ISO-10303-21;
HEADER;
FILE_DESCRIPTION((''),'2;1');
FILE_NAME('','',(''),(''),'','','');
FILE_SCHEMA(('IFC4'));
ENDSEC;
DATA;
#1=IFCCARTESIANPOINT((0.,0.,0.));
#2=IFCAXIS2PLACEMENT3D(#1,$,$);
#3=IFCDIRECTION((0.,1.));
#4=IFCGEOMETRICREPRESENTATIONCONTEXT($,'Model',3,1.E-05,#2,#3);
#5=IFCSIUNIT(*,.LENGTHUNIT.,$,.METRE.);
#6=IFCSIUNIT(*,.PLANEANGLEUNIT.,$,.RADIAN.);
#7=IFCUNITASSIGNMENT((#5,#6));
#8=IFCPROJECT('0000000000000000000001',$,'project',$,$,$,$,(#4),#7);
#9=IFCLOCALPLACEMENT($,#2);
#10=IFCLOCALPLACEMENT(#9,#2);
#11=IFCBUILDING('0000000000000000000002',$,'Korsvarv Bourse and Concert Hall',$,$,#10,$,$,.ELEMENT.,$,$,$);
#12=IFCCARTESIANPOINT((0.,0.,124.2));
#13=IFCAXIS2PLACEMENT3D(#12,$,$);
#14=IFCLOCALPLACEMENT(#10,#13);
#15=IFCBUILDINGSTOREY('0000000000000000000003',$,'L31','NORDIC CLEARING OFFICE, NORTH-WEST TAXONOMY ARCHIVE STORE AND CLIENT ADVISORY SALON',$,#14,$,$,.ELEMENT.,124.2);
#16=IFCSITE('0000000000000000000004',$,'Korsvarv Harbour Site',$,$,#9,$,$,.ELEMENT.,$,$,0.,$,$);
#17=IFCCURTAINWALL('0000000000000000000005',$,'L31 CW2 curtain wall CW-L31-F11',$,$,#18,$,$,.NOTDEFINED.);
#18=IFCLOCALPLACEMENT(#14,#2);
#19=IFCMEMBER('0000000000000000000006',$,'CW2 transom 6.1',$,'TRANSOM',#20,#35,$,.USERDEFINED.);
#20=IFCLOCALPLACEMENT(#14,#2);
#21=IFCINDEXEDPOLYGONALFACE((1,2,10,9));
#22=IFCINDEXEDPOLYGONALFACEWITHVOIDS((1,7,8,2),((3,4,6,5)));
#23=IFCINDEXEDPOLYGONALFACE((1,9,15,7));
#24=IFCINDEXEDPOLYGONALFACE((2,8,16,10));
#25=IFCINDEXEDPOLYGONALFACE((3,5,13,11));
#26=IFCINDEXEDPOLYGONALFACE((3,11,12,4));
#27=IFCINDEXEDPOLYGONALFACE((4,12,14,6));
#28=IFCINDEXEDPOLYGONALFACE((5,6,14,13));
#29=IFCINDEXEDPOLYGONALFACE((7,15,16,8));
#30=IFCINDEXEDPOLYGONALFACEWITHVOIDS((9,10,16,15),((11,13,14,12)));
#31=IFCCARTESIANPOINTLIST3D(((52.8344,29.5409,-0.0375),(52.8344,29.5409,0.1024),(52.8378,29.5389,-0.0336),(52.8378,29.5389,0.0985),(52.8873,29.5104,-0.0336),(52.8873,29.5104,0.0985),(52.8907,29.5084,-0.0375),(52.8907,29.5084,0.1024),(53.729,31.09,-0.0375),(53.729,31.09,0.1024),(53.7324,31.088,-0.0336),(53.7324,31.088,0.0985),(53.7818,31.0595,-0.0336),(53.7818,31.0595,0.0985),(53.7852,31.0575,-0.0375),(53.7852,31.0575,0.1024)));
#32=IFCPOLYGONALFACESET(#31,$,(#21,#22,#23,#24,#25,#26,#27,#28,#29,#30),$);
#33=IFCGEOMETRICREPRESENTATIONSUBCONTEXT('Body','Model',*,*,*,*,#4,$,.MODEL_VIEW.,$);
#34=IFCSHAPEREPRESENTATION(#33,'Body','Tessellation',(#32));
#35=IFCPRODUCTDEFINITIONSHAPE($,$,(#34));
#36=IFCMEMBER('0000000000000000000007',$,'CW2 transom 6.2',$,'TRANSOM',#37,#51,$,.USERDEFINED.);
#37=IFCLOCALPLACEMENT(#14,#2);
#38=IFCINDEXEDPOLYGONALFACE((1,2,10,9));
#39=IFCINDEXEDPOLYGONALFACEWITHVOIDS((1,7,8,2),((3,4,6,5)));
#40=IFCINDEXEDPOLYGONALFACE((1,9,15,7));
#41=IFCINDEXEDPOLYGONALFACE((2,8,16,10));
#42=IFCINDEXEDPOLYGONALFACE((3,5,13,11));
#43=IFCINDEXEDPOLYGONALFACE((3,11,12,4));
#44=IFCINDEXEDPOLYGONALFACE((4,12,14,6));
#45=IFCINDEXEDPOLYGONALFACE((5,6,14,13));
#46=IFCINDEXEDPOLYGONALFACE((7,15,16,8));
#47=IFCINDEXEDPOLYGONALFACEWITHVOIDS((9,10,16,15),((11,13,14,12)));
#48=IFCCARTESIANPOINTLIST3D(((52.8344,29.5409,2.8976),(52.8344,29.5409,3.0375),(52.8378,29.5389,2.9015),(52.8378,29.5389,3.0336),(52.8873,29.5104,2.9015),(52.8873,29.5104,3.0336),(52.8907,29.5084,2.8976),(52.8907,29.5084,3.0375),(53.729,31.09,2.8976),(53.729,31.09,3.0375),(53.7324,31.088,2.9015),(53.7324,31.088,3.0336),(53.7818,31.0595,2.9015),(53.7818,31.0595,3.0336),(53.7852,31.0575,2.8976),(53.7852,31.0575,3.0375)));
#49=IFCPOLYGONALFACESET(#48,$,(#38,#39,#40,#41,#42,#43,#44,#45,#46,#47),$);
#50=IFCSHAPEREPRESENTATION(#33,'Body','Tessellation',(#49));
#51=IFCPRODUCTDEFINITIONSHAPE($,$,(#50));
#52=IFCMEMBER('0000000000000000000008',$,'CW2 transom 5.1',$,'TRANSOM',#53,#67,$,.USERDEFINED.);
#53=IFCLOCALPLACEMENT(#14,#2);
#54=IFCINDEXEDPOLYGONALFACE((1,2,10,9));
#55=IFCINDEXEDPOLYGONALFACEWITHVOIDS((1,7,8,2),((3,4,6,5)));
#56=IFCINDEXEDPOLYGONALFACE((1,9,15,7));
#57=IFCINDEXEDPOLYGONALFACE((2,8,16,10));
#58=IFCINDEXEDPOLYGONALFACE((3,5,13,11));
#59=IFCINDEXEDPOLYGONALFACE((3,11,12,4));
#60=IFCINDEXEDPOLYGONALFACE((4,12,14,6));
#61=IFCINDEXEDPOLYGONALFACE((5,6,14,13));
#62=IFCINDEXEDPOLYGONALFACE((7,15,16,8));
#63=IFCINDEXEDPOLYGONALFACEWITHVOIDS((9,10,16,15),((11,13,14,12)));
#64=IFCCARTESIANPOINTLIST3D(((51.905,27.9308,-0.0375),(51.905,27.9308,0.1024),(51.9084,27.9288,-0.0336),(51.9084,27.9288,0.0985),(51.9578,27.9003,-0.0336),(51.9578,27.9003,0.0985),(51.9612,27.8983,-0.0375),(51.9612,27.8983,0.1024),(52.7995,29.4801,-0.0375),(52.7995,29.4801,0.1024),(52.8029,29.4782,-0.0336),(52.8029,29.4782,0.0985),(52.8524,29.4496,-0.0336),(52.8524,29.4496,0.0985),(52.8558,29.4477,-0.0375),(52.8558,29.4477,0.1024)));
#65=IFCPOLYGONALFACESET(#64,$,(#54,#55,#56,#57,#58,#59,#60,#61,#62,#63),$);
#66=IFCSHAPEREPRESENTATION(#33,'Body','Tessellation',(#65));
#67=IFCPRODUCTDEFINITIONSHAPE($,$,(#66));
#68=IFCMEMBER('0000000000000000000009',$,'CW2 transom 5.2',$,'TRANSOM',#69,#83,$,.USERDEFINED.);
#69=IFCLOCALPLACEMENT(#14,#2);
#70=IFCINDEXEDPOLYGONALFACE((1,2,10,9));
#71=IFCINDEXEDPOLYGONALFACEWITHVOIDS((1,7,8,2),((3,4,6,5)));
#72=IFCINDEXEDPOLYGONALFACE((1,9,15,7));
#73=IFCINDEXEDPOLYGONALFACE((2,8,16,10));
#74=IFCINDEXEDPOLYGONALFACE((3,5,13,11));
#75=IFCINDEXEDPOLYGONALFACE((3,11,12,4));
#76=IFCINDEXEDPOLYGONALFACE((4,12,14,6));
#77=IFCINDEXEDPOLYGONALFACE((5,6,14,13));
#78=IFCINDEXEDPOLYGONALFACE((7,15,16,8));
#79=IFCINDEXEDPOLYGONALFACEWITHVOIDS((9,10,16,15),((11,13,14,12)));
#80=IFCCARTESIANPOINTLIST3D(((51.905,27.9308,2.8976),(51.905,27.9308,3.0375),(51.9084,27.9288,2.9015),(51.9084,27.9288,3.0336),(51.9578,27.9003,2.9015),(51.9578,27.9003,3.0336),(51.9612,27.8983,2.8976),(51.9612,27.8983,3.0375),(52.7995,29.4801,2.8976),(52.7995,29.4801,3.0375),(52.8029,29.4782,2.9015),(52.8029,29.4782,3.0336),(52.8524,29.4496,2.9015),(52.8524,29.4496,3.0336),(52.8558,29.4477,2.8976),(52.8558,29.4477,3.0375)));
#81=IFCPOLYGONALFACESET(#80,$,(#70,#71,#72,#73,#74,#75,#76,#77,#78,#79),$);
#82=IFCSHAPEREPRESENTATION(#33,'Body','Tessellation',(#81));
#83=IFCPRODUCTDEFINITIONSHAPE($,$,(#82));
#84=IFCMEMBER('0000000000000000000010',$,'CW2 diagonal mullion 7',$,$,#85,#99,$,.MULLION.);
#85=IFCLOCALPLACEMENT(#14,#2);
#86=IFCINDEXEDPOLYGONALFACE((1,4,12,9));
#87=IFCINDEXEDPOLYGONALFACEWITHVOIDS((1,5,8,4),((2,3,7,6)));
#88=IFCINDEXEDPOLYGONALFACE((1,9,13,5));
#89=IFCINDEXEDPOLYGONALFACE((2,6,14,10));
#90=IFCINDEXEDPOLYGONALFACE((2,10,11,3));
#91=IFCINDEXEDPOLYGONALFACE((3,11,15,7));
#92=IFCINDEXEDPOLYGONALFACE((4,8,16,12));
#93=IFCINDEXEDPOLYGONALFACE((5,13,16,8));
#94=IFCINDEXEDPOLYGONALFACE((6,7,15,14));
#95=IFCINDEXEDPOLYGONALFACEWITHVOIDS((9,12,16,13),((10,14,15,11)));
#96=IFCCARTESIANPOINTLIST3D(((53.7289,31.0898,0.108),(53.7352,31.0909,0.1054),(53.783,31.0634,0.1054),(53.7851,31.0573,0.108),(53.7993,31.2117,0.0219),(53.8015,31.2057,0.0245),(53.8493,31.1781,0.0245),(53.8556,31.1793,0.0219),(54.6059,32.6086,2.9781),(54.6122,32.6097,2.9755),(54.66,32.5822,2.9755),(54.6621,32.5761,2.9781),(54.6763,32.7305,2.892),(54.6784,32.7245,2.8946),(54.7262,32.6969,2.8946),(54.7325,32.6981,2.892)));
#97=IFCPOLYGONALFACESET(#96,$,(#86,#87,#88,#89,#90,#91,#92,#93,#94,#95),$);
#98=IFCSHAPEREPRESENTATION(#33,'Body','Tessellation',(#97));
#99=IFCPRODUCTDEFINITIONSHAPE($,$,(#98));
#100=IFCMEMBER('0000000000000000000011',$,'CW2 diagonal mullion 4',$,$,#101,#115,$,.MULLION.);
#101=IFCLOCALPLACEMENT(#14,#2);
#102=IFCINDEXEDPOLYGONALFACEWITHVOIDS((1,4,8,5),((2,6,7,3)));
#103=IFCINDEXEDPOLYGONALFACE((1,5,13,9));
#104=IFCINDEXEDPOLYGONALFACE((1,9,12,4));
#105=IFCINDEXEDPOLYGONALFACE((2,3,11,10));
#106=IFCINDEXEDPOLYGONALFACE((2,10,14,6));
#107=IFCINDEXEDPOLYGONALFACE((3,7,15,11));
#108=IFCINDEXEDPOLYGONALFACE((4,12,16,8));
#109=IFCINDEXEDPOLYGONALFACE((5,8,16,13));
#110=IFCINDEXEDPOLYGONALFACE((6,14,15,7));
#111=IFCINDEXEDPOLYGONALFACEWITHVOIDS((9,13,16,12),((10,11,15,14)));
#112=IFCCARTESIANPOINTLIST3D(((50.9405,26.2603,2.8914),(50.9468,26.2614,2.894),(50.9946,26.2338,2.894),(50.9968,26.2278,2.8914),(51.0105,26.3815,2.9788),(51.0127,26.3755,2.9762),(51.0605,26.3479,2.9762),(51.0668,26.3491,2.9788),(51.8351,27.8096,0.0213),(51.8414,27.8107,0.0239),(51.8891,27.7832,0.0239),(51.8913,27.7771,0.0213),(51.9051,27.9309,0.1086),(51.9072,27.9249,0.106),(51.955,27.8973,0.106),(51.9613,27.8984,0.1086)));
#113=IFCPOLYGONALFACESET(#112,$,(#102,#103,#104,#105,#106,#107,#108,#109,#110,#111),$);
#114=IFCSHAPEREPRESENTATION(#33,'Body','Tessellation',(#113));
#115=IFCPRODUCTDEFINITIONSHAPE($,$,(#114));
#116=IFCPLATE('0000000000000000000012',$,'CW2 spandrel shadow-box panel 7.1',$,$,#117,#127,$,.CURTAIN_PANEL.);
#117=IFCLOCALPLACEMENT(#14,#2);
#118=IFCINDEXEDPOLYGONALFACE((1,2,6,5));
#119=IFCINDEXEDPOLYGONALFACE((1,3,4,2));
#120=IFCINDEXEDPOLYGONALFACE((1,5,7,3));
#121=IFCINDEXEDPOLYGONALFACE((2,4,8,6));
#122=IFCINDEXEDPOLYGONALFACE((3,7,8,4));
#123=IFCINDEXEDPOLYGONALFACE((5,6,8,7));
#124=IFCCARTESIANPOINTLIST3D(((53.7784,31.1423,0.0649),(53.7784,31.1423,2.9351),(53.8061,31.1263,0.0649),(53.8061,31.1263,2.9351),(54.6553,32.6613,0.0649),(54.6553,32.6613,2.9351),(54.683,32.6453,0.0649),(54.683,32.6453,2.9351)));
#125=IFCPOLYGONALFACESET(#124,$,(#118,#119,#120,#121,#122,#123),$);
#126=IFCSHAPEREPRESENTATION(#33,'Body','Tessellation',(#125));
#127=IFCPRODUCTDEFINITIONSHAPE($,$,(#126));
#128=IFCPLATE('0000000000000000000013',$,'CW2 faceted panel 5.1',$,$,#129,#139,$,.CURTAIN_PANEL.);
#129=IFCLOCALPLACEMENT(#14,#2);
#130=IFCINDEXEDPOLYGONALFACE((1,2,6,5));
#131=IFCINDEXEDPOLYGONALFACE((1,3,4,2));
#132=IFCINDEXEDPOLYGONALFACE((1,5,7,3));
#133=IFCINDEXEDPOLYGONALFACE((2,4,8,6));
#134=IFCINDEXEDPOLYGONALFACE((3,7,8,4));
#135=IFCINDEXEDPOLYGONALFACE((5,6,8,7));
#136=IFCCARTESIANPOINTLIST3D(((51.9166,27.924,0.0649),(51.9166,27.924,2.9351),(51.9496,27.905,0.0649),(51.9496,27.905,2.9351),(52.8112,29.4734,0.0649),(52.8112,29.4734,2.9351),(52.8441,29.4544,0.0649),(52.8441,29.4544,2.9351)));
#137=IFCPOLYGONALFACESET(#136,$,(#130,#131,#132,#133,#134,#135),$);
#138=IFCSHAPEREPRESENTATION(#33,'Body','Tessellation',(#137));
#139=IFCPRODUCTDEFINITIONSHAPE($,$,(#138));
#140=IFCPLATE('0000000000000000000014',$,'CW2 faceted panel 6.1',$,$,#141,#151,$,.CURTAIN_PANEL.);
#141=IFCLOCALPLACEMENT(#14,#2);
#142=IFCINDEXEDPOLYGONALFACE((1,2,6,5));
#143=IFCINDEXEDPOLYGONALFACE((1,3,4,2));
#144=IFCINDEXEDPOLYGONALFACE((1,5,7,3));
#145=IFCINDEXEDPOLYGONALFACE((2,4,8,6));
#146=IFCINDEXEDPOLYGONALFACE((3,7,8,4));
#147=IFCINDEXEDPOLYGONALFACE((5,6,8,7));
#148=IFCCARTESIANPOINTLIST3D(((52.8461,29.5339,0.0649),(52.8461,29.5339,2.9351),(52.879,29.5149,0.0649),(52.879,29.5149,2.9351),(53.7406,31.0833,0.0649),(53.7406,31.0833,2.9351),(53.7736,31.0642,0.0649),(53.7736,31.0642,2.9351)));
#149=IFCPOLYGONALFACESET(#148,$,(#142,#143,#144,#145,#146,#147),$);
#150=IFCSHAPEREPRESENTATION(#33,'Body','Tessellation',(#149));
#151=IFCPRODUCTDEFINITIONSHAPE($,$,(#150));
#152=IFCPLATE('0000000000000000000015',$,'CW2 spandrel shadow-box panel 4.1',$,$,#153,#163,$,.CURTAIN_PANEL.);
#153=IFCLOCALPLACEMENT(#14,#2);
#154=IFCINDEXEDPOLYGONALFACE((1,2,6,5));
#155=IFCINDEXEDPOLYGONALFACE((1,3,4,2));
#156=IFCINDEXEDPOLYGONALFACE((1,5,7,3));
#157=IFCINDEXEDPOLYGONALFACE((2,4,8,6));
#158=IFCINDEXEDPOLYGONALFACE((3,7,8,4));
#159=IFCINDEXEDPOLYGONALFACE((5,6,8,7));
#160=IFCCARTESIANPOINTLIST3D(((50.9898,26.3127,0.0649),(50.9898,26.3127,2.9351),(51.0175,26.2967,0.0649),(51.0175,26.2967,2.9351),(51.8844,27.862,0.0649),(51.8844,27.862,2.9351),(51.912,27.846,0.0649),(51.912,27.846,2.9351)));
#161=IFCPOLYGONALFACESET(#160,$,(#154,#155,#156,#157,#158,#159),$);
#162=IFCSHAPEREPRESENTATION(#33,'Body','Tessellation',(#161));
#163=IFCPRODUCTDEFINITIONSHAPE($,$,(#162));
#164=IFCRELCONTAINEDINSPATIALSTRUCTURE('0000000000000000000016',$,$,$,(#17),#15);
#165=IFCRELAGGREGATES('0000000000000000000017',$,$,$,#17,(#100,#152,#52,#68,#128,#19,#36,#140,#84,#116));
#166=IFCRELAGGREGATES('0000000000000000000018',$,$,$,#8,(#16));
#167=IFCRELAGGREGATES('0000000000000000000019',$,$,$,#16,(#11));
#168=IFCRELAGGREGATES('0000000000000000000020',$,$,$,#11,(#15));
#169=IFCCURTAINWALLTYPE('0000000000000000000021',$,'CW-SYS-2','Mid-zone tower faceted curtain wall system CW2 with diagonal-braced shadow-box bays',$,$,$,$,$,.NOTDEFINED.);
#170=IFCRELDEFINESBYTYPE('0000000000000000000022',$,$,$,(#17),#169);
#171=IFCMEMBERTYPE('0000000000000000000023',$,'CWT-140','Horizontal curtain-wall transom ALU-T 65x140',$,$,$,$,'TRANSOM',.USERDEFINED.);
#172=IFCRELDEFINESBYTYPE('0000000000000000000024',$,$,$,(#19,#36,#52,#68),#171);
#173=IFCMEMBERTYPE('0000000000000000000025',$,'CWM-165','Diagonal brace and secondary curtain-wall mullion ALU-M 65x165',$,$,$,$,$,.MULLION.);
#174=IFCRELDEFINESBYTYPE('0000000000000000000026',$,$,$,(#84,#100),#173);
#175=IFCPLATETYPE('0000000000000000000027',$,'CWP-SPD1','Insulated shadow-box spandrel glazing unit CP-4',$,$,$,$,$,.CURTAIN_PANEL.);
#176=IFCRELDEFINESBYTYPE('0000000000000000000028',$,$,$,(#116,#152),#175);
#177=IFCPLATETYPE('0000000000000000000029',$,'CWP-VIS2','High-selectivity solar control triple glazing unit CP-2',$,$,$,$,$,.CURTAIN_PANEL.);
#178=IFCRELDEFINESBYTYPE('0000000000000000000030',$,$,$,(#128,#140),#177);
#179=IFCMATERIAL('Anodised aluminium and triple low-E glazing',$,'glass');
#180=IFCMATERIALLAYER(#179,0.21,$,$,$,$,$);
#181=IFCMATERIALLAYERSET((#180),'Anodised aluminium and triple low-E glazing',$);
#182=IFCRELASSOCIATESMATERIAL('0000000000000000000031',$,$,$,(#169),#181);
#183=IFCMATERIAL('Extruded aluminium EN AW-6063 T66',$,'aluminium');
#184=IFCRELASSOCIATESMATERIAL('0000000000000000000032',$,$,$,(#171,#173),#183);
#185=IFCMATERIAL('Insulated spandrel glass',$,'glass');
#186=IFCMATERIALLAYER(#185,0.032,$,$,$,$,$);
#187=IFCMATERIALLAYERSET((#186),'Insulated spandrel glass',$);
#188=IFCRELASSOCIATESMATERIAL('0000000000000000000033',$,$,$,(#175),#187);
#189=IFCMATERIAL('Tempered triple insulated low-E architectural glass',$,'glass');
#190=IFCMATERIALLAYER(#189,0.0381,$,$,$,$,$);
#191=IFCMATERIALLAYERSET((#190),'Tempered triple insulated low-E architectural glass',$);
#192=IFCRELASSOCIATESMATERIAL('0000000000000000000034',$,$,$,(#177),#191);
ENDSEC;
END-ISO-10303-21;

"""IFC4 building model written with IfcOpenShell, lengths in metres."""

from ifc_helpers import new_model, si_unit, direction, frame, origin, origin_2d, place, context, subcontext, project, spatial, rectangle, hollow_rectangle, extrude, source, transform, mapped, material, layer, layer_set, material_profile, profile_set, type_object, element, aggregate, save


model = new_model("IFC4")

# Units and contexts
model_context = context("Model", 3, precision=1e-05, world=origin(), true_north=direction((0.0, 1.0)))
body_context = subcontext(model_context, "Body", "Model", "MODEL_VIEW")
ifc_project = project(units=[si_unit("LENGTHUNIT", "METRE"), si_unit("PLANEANGLEUNIT", "RADIAN")], contexts=[model_context])

# Site, building, storey
site_placement = place(None, origin())
site = spatial("IfcSite", under=ifc_project, at=site_placement, Name="Korsvarv Harbour Site", CompositionType="ELEMENT", RefElevation=0.0)
building_placement = place(site_placement, origin())
building = spatial("IfcBuilding", under=site, at=building_placement, Name="Korsvarv Bourse and Concert Hall", CompositionType="ELEMENT")
storey_placement = place(building_placement, frame((0.0, 0.0, 124.2)))
storey = spatial("IfcBuildingStorey", under=building, at=storey_placement, Name="L31", Description="NORDIC CLEARING OFFICE, NORTH-WEST TAXONOMY ARCHIVE STORE AND CLIENT ADVISORY SALON", CompositionType="ELEMENT", Elevation=124.2)

# Curtain wall, members, plates
ifc_material_1 = material(Name="Anodised aluminium and triple low-E glazing", Category="glass")
ifc_layer_1 = layer(ifc_material_1, 0.21)
ifc_layer_set_1 = layer_set([ifc_layer_1], Name="Anodised aluminium and triple low-E glazing")
curtain_wall_type = type_object("IfcCurtainWallType", Name="CW-SYS-2", Description="Mid-zone tower faceted curtain wall system CW2 with diagonal-braced shadow-box bays", PredefinedType="NOTDEFINED", material=ifc_layer_set_1)
curtain_wall_placement = place(storey_placement, origin())
curtain_wall = element("IfcCurtainWall", 1, at=curtain_wall_placement, inside=storey, type_object=curtain_wall_type, Name="L31 CW2 curtain wall CW-L31-F11", PredefinedType="NOTDEFINED")
ifc_material_2 = material(Name="Extruded aluminium EN AW-6063 T66", Category="aluminium")
ifc_material_profile_1 = material_profile(ifc_material_2, hollow_rectangle(XDim=0.0649, YDim=0.1399, WallThickness=0.0039, at=origin_2d()), Name="ALU-T 65x140")
ifc_profile_set_1 = profile_set([ifc_material_profile_1], Name="Extruded aluminium EN AW-6063 T66")
member_type_1 = type_object("IfcMemberType", Name="CWT-140", Description="Horizontal curtain-wall transom ALU-T 65x140", ElementType="TRANSOM", PredefinedType="USERDEFINED", material=ifc_profile_set_1)
shared_shape_1 = source(origin(), body_context, "Body", "SweptSolid", [
    extrude(hollow_rectangle(XDim=0.0649, YDim=0.1399, WallThickness=0.0039, at=origin_2d()), origin(), (0.0, 0.0, 1.0), 1.7888),
])
member_1_placement = place(storey_placement, frame((52.8625, 29.5247, 0.0325), z_axis=(0.500073, 0.865983, 0.0), x_axis=(-0.865983, 0.500073, 0.0)))
member_1 = element("IfcMember", 2, at=member_1_placement, type_object=member_type_1, Name="CW2 transom 6.1", ObjectType="TRANSOM", PredefinedType="USERDEFINED", context=body_context, shape_type="MappedRepresentation", body=[
    mapped(shared_shape_1, transform((0.0, 0.0, 0.0), scale=1.0)),
])
member_2_placement = place(storey_placement, frame((52.8625, 29.5247, 2.9675), z_axis=(0.500073, 0.865983, 0.0), x_axis=(-0.865983, 0.500073, 0.0)))
member_2 = element("IfcMember", 3, at=member_2_placement, type_object=member_type_1, Name="CW2 transom 6.2", ObjectType="TRANSOM", PredefinedType="USERDEFINED", context=body_context, shape_type="MappedRepresentation", body=[
    mapped(shared_shape_1, transform((0.0, 0.0, 0.0), scale=1.0)),
])
shared_shape_2 = source(origin(), body_context, "Body", "SweptSolid", [
    extrude(hollow_rectangle(XDim=0.0649, YDim=0.1399, WallThickness=0.0039, at=origin_2d()), origin(), (0.0, 0.0, 1.0), 1.7891),
])
member_3_placement = place(storey_placement, frame((51.9331, 27.9146, 0.0325), z_axis=(0.500014, 0.866017, 0.0), x_axis=(-0.866017, 0.500014, 0.0)))
member_3 = element("IfcMember", 4, at=member_3_placement, type_object=member_type_1, Name="CW2 transom 5.1", ObjectType="TRANSOM", PredefinedType="USERDEFINED", context=body_context, shape_type="MappedRepresentation", body=[
    mapped(shared_shape_2, transform((0.0, 0.0, 0.0), scale=1.0)),
])
member_4_placement = place(storey_placement, frame((51.9331, 27.9146, 2.9675), z_axis=(0.500014, 0.866017, 0.0), x_axis=(-0.866017, 0.500014, 0.0)))
member_4 = element("IfcMember", 5, at=member_4_placement, type_object=member_type_1, Name="CW2 transom 5.2", ObjectType="TRANSOM", PredefinedType="USERDEFINED", context=body_context, shape_type="MappedRepresentation", body=[
    mapped(shared_shape_2, transform((0.0, 0.0, 0.0), scale=1.0)),
])
ifc_material_profile_2 = material_profile(ifc_material_2, hollow_rectangle(XDim=0.0649, YDim=0.165, WallThickness=0.0049, at=origin_2d()), Name="ALU-M 65x165")
ifc_profile_set_2 = profile_set([ifc_material_profile_2], Name="Extruded aluminium EN AW-6063 T66")
member_type_2 = type_object("IfcMemberType", Name="CWM-165", Description="Diagonal brace and secondary curtain-wall mullion ALU-M 65x165", PredefinedType="MULLION", material=ifc_profile_set_2)
shared_shape_3 = source(origin(), body_context, "Body", "SweptSolid", [
    extrude(hollow_rectangle(XDim=0.0649, YDim=0.165, WallThickness=0.0049, at=origin_2d()), origin(), (0.0, 0.0, 1.0), 3.3635),
])
member_5_placement = place(storey_placement, frame((53.7922, 31.1345, 0.0649), z_axis=(0.260724, 0.451548, 0.853304), x_axis=(-0.866007, 0.500032, 0.0)))
member_5 = element("IfcMember", 6, at=member_5_placement, type_object=member_type_2, Name="CW2 diagonal mullion 7", PredefinedType="MULLION", context=body_context, shape_type="MappedRepresentation", body=[
    mapped(shared_shape_3, transform((0.0, 0.0, 0.0), scale=1.0)),
])
shared_shape_4 = source(origin(), body_context, "Body", "SweptSolid", [
    extrude(hollow_rectangle(XDim=0.0649, YDim=0.165, WallThickness=0.0049, at=origin_2d()), origin(), (0.0, 0.0, 1.0), 3.3821),
])
member_6_placement = place(storey_placement, frame((51.8982, 27.854, 0.0649), z_axis=(-0.264495, -0.458102, 0.848637), x_axis=(0.866017, -0.500014, 0.0)))
member_6 = element("IfcMember", 7, at=member_6_placement, type_object=member_type_2, Name="CW2 diagonal mullion 4", PredefinedType="MULLION", context=body_context, shape_type="MappedRepresentation", body=[
    mapped(shared_shape_4, transform((0.0, 0.0, 0.0), scale=1.0)),
])
ifc_material_3 = material(Name="Insulated spandrel glass", Category="glass")
ifc_layer_2 = layer(ifc_material_3, 0.032)
ifc_layer_set_2 = layer_set([ifc_layer_2], Name="Insulated spandrel glass")
plate_type_1 = type_object("IfcPlateType", Name="CWP-SPD1", Description="Insulated shadow-box spandrel glazing unit CP-4", PredefinedType="CURTAIN_PANEL", material=ifc_layer_set_2)
shared_shape_5 = source(origin(), body_context, "Body", "SweptSolid", [
    extrude(rectangle(XDim=1.7539, YDim=0.032, at=origin_2d()), origin(), (0.0, 0.0, 1.0), 2.8701),
])
plate_1_placement = place(storey_placement, frame((54.2307, 31.8938, 0.0649), z_axis=(0.0, 0.0, 1.0), x_axis=(0.500007, 0.866021, 0.0)))
plate_1 = element("IfcPlate", 8, at=plate_1_placement, type_object=plate_type_1, Name="CW2 spandrel shadow-box panel 7.1", PredefinedType="CURTAIN_PANEL", context=body_context, shape_type="MappedRepresentation", body=[
    mapped(shared_shape_5, transform((0.0, 0.0, 0.0), scale=1.0)),
])
ifc_material_4 = material(Name="Tempered triple insulated low-E architectural glass", Category="glass")
ifc_layer_3 = layer(ifc_material_4, 0.0381)
ifc_layer_set_3 = layer_set([ifc_layer_3], Name="Tempered triple insulated low-E architectural glass")
plate_type_2 = type_object("IfcPlateType", Name="CWP-VIS2", Description="High-selectivity solar control triple glazing unit CP-2", PredefinedType="CURTAIN_PANEL", material=ifc_layer_set_3)
shared_shape_6 = source(origin(), body_context, "Body", "SweptSolid", [
    extrude(rectangle(XDim=1.7891, YDim=0.0381, at=origin_2d()), origin(), (0.0, 0.0, 1.0), 2.8701),
])
plate_2_placement = place(storey_placement, frame((52.3804, 28.6892, 0.0649), z_axis=(0.0, 0.0, 1.0), x_axis=(0.500007, 0.866021, 0.0)))
plate_2 = element("IfcPlate", 9, at=plate_2_placement, type_object=plate_type_2, Name="CW2 faceted panel 5.1", PredefinedType="CURTAIN_PANEL", context=body_context, shape_type="MappedRepresentation", body=[
    mapped(shared_shape_6, transform((0.0, 0.0, 0.0), scale=1.0)),
])
plate_3_placement = place(storey_placement, frame((53.3098, 30.2991, 0.0649), z_axis=(0.0, 0.0, 1.0), x_axis=(0.500007, 0.866021, 0.0)))
plate_3 = element("IfcPlate", 10, at=plate_3_placement, type_object=plate_type_2, Name="CW2 faceted panel 6.1", PredefinedType="CURTAIN_PANEL", context=body_context, shape_type="MappedRepresentation", body=[
    mapped(shared_shape_6, transform((0.0, 0.0, 0.0), scale=1.0)),
])
shared_shape_7 = source(origin(), body_context, "Body", "SweptSolid", [
    extrude(rectangle(XDim=1.7891, YDim=0.032, at=origin_2d()), origin(), (0.0, 0.0, 1.0), 2.8701),
])
plate_4_placement = place(storey_placement, frame((51.4509, 27.0793, 0.0649), z_axis=(0.0, 0.0, 1.0), x_axis=(0.500007, 0.866021, 0.0)))
plate_4 = element("IfcPlate", 11, at=plate_4_placement, type_object=plate_type_1, Name="CW2 spandrel shadow-box panel 4.1", PredefinedType="CURTAIN_PANEL", context=body_context, shape_type="MappedRepresentation", body=[
    mapped(shared_shape_7, transform((0.0, 0.0, 0.0), scale=1.0)),
])
aggregate(curtain_wall, [member_6, plate_4, member_3, member_4, plate_2, member_1, member_2, plate_3, member_5, plate_1])

save(model, "model.ifc")
